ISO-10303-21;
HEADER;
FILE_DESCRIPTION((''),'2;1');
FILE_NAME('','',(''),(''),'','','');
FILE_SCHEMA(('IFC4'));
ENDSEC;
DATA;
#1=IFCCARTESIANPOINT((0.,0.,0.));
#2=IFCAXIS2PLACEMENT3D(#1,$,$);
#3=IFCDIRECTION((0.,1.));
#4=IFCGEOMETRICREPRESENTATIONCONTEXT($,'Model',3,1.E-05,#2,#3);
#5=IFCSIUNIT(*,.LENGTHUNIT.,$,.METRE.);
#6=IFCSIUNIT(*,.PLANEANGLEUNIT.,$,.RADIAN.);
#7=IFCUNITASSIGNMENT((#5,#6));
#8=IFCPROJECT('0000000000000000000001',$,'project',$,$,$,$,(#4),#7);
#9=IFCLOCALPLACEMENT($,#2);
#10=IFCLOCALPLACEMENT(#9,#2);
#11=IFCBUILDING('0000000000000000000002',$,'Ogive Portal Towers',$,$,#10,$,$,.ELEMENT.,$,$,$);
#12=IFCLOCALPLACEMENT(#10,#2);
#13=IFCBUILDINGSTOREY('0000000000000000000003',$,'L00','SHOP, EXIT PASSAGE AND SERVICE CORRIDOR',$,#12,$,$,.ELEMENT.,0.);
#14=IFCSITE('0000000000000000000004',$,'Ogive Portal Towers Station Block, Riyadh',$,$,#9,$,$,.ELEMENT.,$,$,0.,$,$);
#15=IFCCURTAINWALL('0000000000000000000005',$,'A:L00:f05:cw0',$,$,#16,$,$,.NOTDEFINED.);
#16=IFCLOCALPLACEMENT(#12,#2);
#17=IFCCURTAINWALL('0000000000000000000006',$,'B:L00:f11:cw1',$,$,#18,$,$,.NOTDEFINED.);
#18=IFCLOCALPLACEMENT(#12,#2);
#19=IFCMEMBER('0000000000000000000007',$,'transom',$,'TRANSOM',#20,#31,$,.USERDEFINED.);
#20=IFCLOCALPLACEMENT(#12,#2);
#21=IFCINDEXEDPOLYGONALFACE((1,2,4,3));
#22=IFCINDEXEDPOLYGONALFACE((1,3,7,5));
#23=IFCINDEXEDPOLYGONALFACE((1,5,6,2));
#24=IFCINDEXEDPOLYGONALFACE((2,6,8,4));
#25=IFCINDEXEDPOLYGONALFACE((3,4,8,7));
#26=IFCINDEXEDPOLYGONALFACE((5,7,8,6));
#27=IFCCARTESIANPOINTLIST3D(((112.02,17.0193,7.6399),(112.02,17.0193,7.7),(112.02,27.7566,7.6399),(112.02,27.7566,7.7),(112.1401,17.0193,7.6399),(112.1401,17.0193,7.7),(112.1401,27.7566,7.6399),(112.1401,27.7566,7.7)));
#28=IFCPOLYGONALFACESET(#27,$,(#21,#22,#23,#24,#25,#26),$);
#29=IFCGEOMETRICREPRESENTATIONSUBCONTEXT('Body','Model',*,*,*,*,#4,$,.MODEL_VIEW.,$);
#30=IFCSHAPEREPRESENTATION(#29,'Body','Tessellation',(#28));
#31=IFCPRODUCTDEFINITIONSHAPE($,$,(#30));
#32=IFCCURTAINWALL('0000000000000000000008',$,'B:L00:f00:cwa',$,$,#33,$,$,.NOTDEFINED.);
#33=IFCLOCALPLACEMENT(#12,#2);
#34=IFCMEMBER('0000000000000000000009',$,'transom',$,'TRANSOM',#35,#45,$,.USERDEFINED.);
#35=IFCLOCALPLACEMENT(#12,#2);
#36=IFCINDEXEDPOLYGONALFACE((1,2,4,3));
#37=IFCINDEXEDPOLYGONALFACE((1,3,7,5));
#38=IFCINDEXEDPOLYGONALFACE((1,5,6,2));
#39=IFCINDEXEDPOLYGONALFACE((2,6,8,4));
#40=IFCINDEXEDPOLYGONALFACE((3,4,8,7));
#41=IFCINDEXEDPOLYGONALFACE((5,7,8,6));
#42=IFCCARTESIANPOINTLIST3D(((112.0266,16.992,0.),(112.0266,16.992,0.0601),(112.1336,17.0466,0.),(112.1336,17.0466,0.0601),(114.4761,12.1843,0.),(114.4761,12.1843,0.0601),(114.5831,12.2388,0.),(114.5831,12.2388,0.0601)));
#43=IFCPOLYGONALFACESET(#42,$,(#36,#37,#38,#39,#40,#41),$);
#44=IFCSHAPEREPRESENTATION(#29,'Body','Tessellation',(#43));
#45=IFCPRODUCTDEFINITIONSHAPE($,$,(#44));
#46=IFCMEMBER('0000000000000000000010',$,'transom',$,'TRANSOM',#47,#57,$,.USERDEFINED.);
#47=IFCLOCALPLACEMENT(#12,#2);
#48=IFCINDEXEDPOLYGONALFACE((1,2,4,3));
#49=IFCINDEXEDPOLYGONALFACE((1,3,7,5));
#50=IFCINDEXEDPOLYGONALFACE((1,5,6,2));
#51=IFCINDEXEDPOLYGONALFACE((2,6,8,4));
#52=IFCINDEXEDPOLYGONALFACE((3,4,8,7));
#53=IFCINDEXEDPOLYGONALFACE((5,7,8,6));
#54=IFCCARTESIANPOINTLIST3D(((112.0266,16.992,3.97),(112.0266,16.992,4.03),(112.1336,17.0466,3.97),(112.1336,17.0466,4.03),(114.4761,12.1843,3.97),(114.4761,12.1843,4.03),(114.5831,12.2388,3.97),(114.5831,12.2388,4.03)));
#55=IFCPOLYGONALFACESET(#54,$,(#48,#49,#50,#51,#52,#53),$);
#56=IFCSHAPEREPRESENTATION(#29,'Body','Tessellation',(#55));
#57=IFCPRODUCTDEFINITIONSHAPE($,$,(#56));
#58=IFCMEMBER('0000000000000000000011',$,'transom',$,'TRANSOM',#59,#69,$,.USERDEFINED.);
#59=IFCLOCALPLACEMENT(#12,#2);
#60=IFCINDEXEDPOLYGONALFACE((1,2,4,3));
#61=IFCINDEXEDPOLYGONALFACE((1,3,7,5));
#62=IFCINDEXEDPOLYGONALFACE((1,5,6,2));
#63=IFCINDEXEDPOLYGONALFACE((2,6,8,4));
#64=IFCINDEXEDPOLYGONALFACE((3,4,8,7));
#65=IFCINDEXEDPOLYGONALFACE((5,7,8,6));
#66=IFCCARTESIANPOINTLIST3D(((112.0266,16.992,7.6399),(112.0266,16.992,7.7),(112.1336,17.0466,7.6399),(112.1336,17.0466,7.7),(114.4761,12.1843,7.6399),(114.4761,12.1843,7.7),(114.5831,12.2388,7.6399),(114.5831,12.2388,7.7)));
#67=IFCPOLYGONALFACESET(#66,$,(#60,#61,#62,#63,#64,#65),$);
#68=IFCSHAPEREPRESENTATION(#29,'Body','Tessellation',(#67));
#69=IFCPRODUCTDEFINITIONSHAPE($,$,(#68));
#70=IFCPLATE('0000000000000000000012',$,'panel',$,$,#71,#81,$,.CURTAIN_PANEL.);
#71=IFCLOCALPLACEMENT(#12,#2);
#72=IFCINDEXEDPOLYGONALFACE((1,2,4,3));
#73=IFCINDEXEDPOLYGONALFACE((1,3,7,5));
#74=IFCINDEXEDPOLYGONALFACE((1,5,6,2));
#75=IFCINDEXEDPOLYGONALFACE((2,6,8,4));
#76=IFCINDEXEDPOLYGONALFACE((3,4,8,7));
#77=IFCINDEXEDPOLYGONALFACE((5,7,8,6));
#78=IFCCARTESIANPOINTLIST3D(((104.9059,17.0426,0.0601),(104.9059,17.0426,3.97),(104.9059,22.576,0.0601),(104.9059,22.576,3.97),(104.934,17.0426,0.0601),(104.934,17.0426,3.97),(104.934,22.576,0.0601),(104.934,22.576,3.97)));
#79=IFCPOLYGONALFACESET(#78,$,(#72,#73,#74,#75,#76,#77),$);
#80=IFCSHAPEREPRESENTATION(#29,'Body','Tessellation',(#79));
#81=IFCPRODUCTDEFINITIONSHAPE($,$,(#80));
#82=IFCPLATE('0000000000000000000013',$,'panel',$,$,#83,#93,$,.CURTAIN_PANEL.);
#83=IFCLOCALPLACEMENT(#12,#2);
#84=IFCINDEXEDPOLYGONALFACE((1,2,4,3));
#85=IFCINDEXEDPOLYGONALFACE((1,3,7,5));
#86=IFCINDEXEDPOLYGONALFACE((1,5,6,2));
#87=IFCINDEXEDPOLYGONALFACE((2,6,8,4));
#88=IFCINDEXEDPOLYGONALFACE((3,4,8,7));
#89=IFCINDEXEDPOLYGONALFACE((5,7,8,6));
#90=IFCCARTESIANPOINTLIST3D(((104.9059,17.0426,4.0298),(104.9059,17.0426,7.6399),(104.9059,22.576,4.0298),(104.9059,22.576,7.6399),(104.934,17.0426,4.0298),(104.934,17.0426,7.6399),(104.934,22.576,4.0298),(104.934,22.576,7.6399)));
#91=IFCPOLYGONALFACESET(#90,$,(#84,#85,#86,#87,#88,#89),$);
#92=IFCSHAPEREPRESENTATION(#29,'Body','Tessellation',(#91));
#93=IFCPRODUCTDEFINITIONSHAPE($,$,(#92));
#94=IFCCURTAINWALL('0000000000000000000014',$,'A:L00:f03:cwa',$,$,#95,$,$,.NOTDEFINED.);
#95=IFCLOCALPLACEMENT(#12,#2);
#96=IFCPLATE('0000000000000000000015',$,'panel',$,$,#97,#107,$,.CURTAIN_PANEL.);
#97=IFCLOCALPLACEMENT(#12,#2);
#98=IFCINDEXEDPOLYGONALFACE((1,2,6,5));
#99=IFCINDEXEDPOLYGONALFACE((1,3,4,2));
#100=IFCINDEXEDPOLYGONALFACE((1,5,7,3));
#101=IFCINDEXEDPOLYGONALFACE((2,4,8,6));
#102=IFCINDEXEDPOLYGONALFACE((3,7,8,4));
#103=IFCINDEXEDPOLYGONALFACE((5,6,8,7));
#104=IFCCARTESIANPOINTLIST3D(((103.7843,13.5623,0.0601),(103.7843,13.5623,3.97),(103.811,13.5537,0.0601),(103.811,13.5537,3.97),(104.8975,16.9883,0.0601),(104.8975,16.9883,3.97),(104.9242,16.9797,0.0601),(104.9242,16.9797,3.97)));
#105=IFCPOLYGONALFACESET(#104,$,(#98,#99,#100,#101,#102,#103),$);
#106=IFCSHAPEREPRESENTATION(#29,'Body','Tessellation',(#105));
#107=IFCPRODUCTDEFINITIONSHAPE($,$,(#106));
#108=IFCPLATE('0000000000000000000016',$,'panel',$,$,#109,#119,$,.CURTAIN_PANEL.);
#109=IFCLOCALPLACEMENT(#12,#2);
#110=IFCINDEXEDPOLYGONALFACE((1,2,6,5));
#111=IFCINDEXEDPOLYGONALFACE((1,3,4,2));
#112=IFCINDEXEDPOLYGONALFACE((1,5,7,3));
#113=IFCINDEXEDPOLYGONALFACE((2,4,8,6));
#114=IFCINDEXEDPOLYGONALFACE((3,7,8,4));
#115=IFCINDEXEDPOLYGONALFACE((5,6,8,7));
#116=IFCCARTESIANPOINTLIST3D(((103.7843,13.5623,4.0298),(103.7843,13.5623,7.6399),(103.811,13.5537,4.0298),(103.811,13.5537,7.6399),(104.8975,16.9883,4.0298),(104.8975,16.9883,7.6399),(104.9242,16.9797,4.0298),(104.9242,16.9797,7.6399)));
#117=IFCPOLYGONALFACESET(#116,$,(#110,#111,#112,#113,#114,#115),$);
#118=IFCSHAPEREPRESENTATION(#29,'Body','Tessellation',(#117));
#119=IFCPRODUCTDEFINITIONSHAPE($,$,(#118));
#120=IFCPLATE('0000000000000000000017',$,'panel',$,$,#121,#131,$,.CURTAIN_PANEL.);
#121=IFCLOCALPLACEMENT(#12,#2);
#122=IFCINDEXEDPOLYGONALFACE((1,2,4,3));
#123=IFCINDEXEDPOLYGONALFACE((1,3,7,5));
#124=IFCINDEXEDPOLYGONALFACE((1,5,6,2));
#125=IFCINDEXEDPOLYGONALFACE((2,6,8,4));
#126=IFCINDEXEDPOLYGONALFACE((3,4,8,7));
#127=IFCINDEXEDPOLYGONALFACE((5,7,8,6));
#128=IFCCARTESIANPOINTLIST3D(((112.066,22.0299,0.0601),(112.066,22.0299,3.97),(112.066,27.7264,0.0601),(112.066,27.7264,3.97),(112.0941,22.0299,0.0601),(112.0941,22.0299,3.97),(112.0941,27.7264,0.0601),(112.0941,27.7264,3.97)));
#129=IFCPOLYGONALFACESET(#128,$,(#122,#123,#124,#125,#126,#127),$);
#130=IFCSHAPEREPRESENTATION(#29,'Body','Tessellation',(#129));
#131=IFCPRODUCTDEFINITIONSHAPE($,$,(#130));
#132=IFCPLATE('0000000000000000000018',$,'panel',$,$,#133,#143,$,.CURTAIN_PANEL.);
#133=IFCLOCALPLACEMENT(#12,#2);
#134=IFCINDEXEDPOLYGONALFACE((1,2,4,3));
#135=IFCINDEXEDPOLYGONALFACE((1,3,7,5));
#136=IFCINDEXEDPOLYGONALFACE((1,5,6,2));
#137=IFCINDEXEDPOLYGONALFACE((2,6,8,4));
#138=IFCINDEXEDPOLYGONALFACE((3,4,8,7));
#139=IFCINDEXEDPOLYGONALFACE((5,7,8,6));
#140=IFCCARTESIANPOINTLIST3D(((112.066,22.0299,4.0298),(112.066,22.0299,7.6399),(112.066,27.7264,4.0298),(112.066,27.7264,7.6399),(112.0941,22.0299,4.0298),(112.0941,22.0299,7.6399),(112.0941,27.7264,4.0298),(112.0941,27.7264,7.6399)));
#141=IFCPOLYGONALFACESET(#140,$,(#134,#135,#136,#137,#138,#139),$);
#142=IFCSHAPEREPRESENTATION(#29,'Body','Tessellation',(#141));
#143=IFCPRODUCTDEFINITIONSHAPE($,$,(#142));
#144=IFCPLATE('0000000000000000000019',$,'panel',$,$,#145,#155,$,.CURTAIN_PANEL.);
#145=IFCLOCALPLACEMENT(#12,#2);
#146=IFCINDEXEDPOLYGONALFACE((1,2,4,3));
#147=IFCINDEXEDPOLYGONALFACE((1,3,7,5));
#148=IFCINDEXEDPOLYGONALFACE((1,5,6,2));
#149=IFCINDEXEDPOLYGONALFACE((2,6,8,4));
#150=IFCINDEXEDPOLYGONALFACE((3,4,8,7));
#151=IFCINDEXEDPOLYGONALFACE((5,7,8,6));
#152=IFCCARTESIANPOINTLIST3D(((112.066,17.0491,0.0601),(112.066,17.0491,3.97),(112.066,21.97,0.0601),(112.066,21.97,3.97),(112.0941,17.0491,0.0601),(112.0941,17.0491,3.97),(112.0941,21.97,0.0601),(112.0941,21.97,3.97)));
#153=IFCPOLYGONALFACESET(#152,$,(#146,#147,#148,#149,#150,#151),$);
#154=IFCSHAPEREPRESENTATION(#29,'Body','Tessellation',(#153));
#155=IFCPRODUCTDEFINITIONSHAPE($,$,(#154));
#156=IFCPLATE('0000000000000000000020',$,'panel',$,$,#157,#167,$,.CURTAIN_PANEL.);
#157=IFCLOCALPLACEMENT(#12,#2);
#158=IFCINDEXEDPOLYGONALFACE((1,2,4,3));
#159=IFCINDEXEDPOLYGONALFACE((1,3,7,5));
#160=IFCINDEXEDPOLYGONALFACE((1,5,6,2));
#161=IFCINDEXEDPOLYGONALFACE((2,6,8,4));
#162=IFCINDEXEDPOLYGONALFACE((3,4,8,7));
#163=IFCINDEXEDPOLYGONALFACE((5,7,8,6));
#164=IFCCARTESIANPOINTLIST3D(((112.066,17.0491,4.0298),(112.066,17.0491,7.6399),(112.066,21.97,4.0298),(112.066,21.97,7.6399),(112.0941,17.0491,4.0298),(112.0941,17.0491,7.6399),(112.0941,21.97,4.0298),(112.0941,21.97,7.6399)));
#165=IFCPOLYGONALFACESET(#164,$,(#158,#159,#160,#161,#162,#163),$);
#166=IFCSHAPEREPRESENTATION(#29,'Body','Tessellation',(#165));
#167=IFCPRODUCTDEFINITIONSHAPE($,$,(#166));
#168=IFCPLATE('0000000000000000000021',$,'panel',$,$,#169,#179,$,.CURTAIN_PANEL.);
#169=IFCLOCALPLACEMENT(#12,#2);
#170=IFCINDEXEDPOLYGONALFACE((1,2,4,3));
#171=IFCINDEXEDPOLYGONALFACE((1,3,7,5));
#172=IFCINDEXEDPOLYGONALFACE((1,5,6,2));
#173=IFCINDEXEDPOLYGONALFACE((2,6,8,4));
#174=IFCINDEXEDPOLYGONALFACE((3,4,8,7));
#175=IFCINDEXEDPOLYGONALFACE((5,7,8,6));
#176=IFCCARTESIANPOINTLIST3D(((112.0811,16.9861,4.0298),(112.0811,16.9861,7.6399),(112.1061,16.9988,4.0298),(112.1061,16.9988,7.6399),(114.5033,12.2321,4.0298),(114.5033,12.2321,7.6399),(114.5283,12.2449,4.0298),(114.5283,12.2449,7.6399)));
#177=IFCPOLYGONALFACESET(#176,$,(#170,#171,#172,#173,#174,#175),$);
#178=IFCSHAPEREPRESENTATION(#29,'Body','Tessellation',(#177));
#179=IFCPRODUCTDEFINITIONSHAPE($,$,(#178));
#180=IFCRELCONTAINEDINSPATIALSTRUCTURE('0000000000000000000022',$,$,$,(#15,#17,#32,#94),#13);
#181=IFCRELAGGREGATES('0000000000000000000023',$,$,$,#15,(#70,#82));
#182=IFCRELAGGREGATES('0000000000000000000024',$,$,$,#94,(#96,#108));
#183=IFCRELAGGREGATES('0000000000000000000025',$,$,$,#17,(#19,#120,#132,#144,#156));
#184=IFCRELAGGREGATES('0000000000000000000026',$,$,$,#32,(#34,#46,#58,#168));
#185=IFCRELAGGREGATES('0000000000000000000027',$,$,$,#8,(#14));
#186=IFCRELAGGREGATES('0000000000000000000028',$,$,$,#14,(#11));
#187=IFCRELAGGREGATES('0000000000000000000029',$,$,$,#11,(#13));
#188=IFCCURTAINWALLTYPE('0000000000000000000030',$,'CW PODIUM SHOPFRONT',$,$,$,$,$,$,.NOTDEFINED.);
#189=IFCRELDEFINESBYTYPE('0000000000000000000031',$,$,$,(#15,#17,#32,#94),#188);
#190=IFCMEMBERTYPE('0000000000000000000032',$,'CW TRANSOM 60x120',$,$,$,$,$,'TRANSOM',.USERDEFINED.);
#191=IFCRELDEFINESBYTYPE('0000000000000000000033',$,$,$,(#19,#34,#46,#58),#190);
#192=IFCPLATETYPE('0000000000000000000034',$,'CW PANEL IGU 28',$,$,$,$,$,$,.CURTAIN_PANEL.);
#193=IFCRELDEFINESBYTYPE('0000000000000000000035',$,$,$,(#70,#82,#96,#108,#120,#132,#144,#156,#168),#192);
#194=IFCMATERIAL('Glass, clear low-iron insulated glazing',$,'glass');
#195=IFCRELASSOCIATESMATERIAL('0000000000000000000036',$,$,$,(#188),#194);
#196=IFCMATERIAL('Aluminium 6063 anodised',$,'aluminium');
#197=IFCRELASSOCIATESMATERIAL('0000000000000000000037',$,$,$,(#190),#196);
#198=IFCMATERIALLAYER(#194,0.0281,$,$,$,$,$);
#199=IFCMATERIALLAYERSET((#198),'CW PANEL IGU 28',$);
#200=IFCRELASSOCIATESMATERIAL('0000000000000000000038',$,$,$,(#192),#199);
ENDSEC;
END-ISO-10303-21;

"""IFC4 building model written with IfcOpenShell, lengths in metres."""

from ifc_helpers import new_model, si_unit, direction, frame, origin, origin_2d, place, context, subcontext, project, spatial, rectangle, extrude, material, layer, layer_set, material_profile, profile_set, type_object, element, aggregate, save


model = new_model("IFC4")

# Units and contexts
model_context = context("Model", 3, precision=1e-05, world=origin(), true_north=direction((0.0, 1.0)))
body_context = subcontext(model_context, "Body", "Model", "MODEL_VIEW")
ifc_project = project(units=[si_unit("LENGTHUNIT", "METRE"), si_unit("PLANEANGLEUNIT", "RADIAN")], contexts=[model_context])

# Site, building, storey
site_placement = place(None, origin())
site = spatial("IfcSite", under=ifc_project, at=site_placement, Name="Ogive Portal Towers Station Block, Riyadh", CompositionType="ELEMENT", RefElevation=0.0)
building_placement = place(site_placement, origin())
building = spatial("IfcBuilding", under=site, at=building_placement, Name="Ogive Portal Towers", CompositionType="ELEMENT")
storey_placement = place(building_placement, origin())
storey = spatial("IfcBuildingStorey", under=building, at=storey_placement, Name="L00", Description="SHOP, EXIT PASSAGE AND SERVICE CORRIDOR", CompositionType="ELEMENT", Elevation=0.0)

# Curtain wall
ifc_material_1 = material(Name="Glass, clear low-iron insulated glazing", Category="glass")
curtain_wall_type = type_object("IfcCurtainWallType", Name="CW PODIUM SHOPFRONT", PredefinedType="NOTDEFINED", material=ifc_material_1)
curtain_wall_1_placement = place(storey_placement, origin())
curtain_wall_1 = element("IfcCurtainWall", 1, at=curtain_wall_1_placement, inside=storey, type_object=curtain_wall_type, Name="A:L00:f05:cw0", PredefinedType="NOTDEFINED")
ifc_material_2 = material(Name="Aluminium 6063 anodised", Category="aluminium")

# Curtain wall
curtain_wall_2_placement = place(storey_placement, origin())
curtain_wall_2 = element("IfcCurtainWall", 2, at=curtain_wall_2_placement, inside=storey, type_object=curtain_wall_type, Name="B:L00:f11:cw1", PredefinedType="NOTDEFINED")

# Member
ifc_material_profile_1 = material_profile(ifc_material_2, rectangle(XDim=0.1201, YDim=0.0601, at=origin_2d()), Name="AL 120x60")
ifc_profile_set_1 = profile_set([ifc_material_profile_1], Name="Aluminium 6063 anodised")
member_type_1 = type_object("IfcMemberType", Name="CW TRANSOM 60x120", ElementType="TRANSOM", PredefinedType="USERDEFINED", material=ifc_profile_set_1)
member_1_placement = place(storey_placement, frame((112.0801, 27.7566, 7.6699), z_axis=(0.0, -1.0, 0.0), x_axis=(1.0, 0.0, 0.0)))
member_1 = element("IfcMember", 3, at=member_1_placement, type_object=member_type_1, Name="transom", ObjectType="TRANSOM", PredefinedType="USERDEFINED", context=body_context, shape_type="SweptSolid", body=[
    extrude(rectangle(XDim=0.1201, YDim=0.0601, at=origin_2d()), origin(), (0.0, 0.0, 1.0), 10.7373),
])

# Curtain wall, members
curtain_wall_3_placement = place(storey_placement, origin())
curtain_wall_3 = element("IfcCurtainWall", 4, at=curtain_wall_3_placement, inside=storey, type_object=curtain_wall_type, Name="B:L00:f00:cwa", PredefinedType="NOTDEFINED")
member_2_placement = place(storey_placement, frame((112.0801, 17.0193, 0.03), z_axis=(0.45397, -0.891017, 0.0), x_axis=(0.891017, 0.45397, 0.0)))
member_2 = element("IfcMember", 5, at=member_2_placement, type_object=member_type_1, Name="transom", ObjectType="TRANSOM", PredefinedType="USERDEFINED", context=body_context, shape_type="SweptSolid", body=[
    extrude(rectangle(XDim=0.1201, YDim=0.0601, at=origin_2d()), origin(), (0.0, 0.0, 1.0), 5.3958),
])
member_3_placement = place(storey_placement, frame((112.0801, 17.0193, 4.0), z_axis=(0.45397, -0.891017, 0.0), x_axis=(0.891017, 0.45397, 0.0)))
member_3 = element("IfcMember", 6, at=member_3_placement, type_object=member_type_1, Name="transom", ObjectType="TRANSOM", PredefinedType="USERDEFINED", context=body_context, shape_type="SweptSolid", body=[
    extrude(rectangle(XDim=0.1201, YDim=0.0601, at=origin_2d()), origin(), (0.0, 0.0, 1.0), 5.3958),
])
member_4_placement = place(storey_placement, frame((112.0801, 17.0193, 7.6699), z_axis=(0.45397, -0.891017, 0.0), x_axis=(0.891017, 0.45397, 0.0)))
member_4 = element("IfcMember", 7, at=member_4_placement, type_object=member_type_1, Name="transom", ObjectType="TRANSOM", PredefinedType="USERDEFINED", context=body_context, shape_type="SweptSolid", body=[
    extrude(rectangle(XDim=0.1201, YDim=0.0601, at=origin_2d()), origin(), (0.0, 0.0, 1.0), 5.3958),
])

# Plates
ifc_layer_1 = layer(ifc_material_1, 0.0281)
ifc_layer_set_1 = layer_set([ifc_layer_1], Name="CW PANEL IGU 28")
plate_type = type_object("IfcPlateType", Name="CW PANEL IGU 28", PredefinedType="CURTAIN_PANEL", material=ifc_layer_set_1)
plate_1_placement = place(storey_placement, frame((104.9199, 19.8093, 0.0601), z_axis=(0.0, 0.0, 1.0), x_axis=(0.0, 1.0, 0.0)))
plate_1 = element("IfcPlate", 8, at=plate_1_placement, type_object=plate_type, Name="panel", PredefinedType="CURTAIN_PANEL", context=body_context, shape_type="SweptSolid", body=[
    extrude(rectangle(XDim=5.5334, YDim=0.0281, at=origin_2d()), origin(), (0.0, 0.0, 1.0), 3.9099),
])
plate_2_placement = place(storey_placement, frame((104.9199, 19.8093, 4.0298), z_axis=(0.0, 0.0, 1.0), x_axis=(0.0, 1.0, 0.0)))
plate_2 = element("IfcPlate", 9, at=plate_2_placement, type_object=plate_type, Name="panel", PredefinedType="CURTAIN_PANEL", context=body_context, shape_type="SweptSolid", body=[
    extrude(rectangle(XDim=5.5334, YDim=0.0281, at=origin_2d()), origin(), (0.0, 0.0, 1.0), 3.6101),
])
aggregate(curtain_wall_1, [plate_1, plate_2])

# Curtain wall, plates
curtain_wall_4_placement = place(storey_placement, origin())
curtain_wall_4 = element("IfcCurtainWall", 10, at=curtain_wall_4_placement, inside=storey, type_object=curtain_wall_type, Name="A:L00:f03:cwa", PredefinedType="NOTDEFINED")
plate_3_placement = place(storey_placement, frame((104.3542, 15.271, 0.0601), z_axis=(0.0, 0.0, 1.0), x_axis=(0.309017, 0.951057, 0.0)))
plate_3 = element("IfcPlate", 11, at=plate_3_placement, type_object=plate_type, Name="panel", PredefinedType="CURTAIN_PANEL", context=body_context, shape_type="SweptSolid", body=[
    extrude(rectangle(XDim=3.6023, YDim=0.0281, at=origin_2d()), origin(), (0.0, 0.0, 1.0), 3.9099),
])
plate_4_placement = place(storey_placement, frame((104.3542, 15.271, 4.0298), z_axis=(0.0, 0.0, 1.0), x_axis=(0.309017, 0.951057, 0.0)))
plate_4 = element("IfcPlate", 12, at=plate_4_placement, type_object=plate_type, Name="panel", PredefinedType="CURTAIN_PANEL", context=body_context, shape_type="SweptSolid", body=[
    extrude(rectangle(XDim=3.6023, YDim=0.0281, at=origin_2d()), origin(), (0.0, 0.0, 1.0), 3.6101),
])
aggregate(curtain_wall_4, [plate_3, plate_4])

# Plates
plate_5_placement = place(storey_placement, frame((112.0801, 24.8782, 0.0601), z_axis=(0.0, 0.0, 1.0), x_axis=(0.0, -1.0, 0.0)))
plate_5 = element("IfcPlate", 13, at=plate_5_placement, type_object=plate_type, Name="panel", PredefinedType="CURTAIN_PANEL", context=body_context, shape_type="SweptSolid", body=[
    extrude(rectangle(XDim=5.6965, YDim=0.0281, at=origin_2d()), origin(), (0.0, 0.0, 1.0), 3.9099),
])
plate_6_placement = place(storey_placement, frame((112.0801, 24.8782, 4.0298), z_axis=(0.0, 0.0, 1.0), x_axis=(0.0, -1.0, 0.0)))
plate_6 = element("IfcPlate", 14, at=plate_6_placement, type_object=plate_type, Name="panel", PredefinedType="CURTAIN_PANEL", context=body_context, shape_type="SweptSolid", body=[
    extrude(rectangle(XDim=5.6965, YDim=0.0281, at=origin_2d()), origin(), (0.0, 0.0, 1.0), 3.6101),
])
plate_7_placement = place(storey_placement, frame((112.0801, 19.5095, 0.0601), z_axis=(0.0, 0.0, 1.0), x_axis=(0.0, -1.0, 0.0)))
plate_7 = element("IfcPlate", 15, at=plate_7_placement, type_object=plate_type, Name="panel", PredefinedType="CURTAIN_PANEL", context=body_context, shape_type="SweptSolid", body=[
    extrude(rectangle(XDim=4.9209, YDim=0.0281, at=origin_2d()), origin(), (0.0, 0.0, 1.0), 3.9099),
])
plate_8_placement = place(storey_placement, frame((112.0801, 19.5095, 4.0298), z_axis=(0.0, 0.0, 1.0), x_axis=(0.0, -1.0, 0.0)))
plate_8 = element("IfcPlate", 16, at=plate_8_placement, type_object=plate_type, Name="panel", PredefinedType="CURTAIN_PANEL", context=body_context, shape_type="SweptSolid", body=[
    extrude(rectangle(XDim=4.9209, YDim=0.0281, at=origin_2d()), origin(), (0.0, 0.0, 1.0), 3.6101),
])
aggregate(curtain_wall_2, [member_1, plate_5, plate_6, plate_7, plate_8])
plate_9_placement = place(storey_placement, frame((113.3047, 14.6155, 4.0298), z_axis=(0.0, 0.0, 1.0), x_axis=(0.45399, -0.891007, 0.0)))
plate_9 = element("IfcPlate", 17, at=plate_9_placement, type_object=plate_type, Name="panel", PredefinedType="CURTAIN_PANEL", context=body_context, shape_type="SweptSolid", body=[
    extrude(rectangle(XDim=5.3354, YDim=0.0281, at=origin_2d()), origin(), (0.0, 0.0, 1.0), 3.6101),
])
aggregate(curtain_wall_3, [member_2, member_3, member_4, plate_9])

save(model, "model.ifc")
